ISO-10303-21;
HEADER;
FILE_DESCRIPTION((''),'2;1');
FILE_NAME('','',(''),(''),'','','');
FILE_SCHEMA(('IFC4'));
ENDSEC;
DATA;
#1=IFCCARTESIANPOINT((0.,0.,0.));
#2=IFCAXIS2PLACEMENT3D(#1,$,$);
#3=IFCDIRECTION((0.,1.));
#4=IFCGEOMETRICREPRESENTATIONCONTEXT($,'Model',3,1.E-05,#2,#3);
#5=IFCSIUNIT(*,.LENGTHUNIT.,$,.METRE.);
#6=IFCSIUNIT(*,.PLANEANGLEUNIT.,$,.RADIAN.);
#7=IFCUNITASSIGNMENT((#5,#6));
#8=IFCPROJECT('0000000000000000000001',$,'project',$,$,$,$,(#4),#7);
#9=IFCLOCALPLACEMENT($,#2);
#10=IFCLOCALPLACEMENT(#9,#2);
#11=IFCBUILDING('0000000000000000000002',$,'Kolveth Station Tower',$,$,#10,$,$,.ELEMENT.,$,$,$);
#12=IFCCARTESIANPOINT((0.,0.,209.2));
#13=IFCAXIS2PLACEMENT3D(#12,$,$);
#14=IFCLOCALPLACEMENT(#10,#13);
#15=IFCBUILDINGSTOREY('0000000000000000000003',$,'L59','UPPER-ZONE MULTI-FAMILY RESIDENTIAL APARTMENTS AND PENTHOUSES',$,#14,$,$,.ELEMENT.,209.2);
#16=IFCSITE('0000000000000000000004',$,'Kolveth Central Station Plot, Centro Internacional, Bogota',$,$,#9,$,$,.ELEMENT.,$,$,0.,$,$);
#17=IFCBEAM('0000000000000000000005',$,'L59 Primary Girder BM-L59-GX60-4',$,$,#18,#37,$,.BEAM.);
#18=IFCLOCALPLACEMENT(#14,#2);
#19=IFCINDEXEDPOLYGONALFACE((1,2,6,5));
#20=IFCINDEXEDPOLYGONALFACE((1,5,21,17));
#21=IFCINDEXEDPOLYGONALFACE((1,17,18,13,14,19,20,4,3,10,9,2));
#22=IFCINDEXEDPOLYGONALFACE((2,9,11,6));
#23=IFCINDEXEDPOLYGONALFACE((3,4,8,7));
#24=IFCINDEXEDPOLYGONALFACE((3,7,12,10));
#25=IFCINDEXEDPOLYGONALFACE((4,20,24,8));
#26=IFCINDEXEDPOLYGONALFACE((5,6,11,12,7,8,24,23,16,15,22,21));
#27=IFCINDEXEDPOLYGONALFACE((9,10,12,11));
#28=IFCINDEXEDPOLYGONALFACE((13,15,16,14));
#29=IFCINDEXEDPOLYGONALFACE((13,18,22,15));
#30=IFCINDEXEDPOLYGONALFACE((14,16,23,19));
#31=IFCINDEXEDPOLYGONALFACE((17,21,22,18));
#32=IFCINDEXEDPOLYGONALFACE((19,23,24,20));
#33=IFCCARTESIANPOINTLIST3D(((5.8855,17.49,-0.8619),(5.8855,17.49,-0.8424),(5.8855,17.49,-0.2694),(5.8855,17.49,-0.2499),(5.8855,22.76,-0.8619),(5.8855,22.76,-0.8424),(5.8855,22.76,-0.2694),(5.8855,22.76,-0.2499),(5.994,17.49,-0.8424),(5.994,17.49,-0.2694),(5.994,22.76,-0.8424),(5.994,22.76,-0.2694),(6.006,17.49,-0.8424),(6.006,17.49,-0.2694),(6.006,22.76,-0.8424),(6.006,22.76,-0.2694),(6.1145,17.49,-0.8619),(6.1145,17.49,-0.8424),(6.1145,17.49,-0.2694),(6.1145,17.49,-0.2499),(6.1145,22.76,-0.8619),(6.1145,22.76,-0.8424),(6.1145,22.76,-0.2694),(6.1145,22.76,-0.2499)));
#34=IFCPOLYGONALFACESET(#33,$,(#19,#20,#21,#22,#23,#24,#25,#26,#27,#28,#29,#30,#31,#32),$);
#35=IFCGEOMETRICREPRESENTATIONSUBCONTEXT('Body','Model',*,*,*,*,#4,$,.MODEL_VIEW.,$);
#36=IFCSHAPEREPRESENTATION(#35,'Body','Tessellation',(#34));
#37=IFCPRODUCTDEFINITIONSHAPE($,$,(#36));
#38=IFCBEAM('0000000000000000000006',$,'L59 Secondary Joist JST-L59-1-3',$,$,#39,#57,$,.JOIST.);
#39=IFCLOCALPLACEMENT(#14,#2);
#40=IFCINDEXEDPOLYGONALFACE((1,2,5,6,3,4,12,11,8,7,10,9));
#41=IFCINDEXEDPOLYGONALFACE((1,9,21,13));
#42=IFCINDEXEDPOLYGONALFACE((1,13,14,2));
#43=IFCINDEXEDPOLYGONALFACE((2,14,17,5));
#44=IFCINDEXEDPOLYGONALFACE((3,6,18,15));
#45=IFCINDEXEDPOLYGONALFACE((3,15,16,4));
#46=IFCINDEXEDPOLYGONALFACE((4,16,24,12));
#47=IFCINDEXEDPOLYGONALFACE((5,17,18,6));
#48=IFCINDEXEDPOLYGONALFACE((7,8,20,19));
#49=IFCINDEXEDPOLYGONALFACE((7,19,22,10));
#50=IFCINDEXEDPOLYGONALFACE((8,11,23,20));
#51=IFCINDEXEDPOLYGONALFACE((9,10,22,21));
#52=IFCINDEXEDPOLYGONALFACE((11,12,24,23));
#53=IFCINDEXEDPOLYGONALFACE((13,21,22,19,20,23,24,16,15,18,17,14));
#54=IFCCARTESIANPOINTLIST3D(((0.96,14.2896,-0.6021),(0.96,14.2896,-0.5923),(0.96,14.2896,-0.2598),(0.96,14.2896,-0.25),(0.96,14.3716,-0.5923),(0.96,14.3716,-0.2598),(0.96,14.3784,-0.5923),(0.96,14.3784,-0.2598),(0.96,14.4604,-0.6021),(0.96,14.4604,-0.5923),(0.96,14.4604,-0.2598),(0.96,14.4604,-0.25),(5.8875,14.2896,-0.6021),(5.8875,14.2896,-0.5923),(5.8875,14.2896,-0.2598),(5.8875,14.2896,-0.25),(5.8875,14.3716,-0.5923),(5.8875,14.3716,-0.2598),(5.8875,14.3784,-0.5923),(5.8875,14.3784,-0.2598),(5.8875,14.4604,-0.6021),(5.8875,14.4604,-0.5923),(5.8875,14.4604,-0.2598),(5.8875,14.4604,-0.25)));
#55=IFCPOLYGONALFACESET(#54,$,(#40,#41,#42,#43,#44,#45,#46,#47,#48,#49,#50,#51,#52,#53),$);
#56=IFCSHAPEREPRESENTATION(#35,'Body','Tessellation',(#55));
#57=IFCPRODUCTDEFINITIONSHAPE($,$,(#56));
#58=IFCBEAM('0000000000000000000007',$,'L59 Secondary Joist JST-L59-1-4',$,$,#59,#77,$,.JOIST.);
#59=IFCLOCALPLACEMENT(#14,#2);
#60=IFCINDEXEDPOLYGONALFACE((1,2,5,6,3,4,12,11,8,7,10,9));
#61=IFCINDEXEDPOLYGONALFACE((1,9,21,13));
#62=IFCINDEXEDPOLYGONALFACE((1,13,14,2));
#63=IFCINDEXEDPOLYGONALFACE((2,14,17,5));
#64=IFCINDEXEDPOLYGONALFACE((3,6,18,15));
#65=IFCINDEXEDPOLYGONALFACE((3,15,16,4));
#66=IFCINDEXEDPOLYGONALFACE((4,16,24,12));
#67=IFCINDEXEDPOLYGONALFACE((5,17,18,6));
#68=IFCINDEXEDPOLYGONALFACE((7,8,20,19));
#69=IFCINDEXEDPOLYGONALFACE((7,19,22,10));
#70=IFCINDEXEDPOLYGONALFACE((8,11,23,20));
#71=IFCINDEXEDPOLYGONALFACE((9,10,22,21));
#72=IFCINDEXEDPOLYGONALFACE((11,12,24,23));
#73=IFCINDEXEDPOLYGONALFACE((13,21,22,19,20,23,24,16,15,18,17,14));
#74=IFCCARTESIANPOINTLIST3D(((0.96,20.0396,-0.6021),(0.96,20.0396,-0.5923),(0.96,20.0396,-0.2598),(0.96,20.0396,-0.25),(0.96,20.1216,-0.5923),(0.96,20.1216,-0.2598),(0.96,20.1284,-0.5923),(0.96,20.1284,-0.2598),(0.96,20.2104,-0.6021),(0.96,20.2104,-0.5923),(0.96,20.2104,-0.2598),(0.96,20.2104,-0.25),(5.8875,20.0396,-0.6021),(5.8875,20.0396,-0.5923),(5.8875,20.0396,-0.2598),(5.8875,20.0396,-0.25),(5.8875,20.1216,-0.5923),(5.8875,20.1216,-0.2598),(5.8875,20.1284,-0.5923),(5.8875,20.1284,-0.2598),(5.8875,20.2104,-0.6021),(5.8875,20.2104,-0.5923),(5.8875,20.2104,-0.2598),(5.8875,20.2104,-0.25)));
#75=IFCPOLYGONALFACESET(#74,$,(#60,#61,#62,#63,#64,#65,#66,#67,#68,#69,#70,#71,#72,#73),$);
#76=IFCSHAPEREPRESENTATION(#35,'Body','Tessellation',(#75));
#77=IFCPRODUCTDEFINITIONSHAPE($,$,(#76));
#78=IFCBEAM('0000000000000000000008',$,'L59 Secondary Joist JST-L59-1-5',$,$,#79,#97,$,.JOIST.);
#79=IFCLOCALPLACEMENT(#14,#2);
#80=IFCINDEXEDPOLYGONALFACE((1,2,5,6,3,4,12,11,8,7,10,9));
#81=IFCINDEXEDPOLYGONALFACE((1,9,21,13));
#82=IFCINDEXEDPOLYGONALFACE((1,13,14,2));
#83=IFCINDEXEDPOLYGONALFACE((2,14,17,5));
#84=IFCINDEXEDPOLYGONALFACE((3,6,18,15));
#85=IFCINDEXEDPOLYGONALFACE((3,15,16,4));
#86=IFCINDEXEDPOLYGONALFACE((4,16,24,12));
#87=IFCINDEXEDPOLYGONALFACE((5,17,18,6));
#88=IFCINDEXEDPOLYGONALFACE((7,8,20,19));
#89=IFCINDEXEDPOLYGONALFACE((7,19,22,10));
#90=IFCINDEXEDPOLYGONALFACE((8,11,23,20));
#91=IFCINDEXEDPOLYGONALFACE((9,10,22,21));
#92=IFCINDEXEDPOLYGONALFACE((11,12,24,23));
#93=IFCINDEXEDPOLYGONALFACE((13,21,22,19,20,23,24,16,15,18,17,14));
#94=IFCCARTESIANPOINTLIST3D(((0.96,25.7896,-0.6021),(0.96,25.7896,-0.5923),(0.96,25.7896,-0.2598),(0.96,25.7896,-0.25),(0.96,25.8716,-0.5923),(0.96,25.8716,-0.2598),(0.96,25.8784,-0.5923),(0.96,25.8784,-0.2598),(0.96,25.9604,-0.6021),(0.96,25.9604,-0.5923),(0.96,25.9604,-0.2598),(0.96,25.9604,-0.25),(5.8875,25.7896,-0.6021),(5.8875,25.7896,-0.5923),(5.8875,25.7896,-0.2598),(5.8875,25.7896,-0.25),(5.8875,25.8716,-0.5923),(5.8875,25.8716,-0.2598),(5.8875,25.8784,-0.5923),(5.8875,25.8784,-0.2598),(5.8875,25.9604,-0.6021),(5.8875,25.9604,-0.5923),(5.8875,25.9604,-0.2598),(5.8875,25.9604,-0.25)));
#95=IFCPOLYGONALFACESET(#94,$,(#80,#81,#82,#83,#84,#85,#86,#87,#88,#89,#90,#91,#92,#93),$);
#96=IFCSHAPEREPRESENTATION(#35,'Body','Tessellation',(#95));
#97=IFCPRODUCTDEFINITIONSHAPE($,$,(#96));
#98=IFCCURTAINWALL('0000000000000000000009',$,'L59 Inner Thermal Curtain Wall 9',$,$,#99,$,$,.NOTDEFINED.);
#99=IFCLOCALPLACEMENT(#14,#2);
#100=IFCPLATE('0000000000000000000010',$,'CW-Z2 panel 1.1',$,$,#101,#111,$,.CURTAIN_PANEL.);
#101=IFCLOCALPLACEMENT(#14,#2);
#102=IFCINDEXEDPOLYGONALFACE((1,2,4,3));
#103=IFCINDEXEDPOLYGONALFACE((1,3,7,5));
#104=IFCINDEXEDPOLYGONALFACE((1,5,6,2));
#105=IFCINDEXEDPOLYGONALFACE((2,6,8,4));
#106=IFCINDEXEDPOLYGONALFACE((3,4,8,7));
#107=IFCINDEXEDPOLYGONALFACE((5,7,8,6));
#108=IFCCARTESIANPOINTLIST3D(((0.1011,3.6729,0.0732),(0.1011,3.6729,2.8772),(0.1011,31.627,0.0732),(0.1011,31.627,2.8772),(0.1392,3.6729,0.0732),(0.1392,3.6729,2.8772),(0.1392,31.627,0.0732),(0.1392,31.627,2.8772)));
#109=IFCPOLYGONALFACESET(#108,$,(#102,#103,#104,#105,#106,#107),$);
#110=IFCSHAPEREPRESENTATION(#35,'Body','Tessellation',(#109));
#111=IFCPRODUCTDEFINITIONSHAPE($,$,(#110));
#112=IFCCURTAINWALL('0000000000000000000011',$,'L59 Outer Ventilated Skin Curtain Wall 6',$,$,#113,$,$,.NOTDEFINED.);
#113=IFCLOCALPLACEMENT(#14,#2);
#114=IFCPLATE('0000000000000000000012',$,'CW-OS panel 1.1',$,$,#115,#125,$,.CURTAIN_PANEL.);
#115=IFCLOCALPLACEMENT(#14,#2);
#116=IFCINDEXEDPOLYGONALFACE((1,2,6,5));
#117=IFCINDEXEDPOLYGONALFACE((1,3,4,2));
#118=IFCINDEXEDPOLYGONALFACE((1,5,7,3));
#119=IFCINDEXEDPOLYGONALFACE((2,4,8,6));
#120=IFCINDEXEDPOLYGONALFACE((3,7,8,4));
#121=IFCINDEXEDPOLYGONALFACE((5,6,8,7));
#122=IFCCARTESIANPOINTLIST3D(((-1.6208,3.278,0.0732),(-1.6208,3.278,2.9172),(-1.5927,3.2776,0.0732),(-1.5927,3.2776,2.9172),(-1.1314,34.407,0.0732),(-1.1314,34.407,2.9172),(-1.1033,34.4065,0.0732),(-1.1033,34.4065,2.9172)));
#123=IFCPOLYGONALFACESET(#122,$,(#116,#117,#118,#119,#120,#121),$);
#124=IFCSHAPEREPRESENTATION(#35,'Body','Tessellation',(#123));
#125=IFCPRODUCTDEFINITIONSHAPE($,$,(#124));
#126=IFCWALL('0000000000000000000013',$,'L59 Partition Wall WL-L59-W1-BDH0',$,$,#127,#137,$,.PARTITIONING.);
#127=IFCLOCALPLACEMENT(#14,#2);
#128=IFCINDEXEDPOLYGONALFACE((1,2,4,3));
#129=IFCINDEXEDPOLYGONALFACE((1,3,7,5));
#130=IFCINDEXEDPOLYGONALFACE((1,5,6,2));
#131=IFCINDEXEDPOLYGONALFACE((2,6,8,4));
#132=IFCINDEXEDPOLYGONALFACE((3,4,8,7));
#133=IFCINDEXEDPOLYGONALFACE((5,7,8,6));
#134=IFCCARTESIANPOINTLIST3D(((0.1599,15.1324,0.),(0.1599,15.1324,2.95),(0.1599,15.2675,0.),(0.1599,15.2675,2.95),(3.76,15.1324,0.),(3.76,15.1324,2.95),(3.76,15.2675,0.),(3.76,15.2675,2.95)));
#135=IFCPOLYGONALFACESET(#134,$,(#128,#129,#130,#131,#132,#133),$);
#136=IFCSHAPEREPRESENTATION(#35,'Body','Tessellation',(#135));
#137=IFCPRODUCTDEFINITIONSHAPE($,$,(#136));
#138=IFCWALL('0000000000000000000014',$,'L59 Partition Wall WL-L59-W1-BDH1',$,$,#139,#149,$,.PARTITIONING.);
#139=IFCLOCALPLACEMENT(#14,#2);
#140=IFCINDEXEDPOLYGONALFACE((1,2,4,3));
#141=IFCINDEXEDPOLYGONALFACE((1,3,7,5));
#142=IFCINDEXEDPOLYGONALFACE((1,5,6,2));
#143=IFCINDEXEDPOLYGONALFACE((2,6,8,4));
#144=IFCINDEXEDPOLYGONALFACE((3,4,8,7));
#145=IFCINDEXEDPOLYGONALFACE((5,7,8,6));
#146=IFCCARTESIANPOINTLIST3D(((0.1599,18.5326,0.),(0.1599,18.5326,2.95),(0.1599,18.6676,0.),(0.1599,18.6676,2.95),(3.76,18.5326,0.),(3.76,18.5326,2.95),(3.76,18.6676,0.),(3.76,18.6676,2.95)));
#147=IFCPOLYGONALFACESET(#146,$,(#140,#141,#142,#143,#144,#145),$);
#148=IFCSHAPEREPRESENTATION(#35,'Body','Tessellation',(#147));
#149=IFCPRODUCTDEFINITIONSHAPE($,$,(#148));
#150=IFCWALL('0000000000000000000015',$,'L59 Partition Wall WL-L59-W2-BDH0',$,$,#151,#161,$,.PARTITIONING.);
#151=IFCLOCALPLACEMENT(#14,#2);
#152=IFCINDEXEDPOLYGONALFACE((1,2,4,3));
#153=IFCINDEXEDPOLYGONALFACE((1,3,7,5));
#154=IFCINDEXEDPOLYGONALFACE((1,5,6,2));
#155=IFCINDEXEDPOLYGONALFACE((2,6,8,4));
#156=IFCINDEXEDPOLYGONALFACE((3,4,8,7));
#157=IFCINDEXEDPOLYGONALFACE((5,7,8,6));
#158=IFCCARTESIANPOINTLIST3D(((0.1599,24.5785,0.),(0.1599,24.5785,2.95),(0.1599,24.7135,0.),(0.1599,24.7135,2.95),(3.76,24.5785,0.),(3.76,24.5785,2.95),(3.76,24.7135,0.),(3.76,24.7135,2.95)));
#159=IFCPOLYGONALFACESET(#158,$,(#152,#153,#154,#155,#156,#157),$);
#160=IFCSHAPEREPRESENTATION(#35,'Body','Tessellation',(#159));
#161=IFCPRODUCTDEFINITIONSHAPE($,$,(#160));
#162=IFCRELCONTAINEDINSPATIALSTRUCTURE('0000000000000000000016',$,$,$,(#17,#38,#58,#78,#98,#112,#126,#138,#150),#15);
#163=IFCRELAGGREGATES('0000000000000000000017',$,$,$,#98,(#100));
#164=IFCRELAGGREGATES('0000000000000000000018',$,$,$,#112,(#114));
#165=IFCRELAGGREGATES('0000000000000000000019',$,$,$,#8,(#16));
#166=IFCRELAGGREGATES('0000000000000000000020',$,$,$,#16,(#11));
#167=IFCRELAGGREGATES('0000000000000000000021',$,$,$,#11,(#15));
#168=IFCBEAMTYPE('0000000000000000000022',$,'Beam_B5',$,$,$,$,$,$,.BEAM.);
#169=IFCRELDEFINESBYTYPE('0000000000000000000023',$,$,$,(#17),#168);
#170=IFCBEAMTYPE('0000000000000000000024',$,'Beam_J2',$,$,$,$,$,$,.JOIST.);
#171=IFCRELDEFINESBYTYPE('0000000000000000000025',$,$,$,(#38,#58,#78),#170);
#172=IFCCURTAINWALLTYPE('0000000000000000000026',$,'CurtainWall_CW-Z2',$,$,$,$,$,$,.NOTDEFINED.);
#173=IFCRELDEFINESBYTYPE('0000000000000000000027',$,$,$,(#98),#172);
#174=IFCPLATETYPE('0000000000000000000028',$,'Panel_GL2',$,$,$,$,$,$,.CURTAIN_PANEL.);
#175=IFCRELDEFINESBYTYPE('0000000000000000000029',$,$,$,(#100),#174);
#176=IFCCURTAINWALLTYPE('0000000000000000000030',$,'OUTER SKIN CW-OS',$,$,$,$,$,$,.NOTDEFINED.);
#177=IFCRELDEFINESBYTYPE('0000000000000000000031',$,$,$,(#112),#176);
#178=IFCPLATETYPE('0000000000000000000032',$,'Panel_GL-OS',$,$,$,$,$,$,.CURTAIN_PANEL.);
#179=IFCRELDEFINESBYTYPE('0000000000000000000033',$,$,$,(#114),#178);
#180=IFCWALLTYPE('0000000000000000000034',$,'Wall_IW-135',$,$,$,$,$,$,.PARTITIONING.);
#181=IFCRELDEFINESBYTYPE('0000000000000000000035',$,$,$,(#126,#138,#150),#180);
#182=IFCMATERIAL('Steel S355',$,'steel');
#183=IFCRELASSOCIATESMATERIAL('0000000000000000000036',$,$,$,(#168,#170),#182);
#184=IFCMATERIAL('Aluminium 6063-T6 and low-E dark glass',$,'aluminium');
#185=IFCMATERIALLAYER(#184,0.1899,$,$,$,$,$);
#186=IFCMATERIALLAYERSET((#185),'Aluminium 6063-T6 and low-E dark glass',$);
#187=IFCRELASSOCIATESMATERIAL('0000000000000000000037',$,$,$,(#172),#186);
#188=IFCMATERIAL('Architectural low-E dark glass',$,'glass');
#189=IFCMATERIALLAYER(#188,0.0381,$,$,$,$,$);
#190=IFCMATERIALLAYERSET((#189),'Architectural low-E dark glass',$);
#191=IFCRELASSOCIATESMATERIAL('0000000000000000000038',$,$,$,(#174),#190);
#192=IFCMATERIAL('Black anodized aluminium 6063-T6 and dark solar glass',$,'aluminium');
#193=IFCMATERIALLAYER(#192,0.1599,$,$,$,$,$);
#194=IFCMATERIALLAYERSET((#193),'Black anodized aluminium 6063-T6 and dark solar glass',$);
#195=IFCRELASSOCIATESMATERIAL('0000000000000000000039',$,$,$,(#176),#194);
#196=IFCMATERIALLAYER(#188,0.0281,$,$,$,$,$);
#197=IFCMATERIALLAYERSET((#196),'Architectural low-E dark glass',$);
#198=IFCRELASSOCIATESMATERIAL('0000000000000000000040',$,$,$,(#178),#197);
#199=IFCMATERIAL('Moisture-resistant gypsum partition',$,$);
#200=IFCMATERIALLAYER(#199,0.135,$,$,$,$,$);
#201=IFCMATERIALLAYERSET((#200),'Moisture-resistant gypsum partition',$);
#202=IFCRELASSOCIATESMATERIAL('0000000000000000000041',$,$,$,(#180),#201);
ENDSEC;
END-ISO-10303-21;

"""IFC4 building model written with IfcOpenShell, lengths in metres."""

from ifc_helpers import new_model, si_unit, direction, frame, frame_2d, origin, origin_2d, place, context, subcontext, project, spatial, rectangle, i_section, extrude, source, transform, mapped, material, layer, layer_set, material_profile, profile_set, type_object, element, aggregate, save


model = new_model("IFC4")

# Units and contexts
model_context = context("Model", 3, precision=1e-05, world=origin(), true_north=direction((0.0, 1.0)))
body_context = subcontext(model_context, "Body", "Model", "MODEL_VIEW")
ifc_project = project(units=[si_unit("LENGTHUNIT", "METRE"), si_unit("PLANEANGLEUNIT", "RADIAN")], contexts=[model_context])

# Site, building, storey
site_placement = place(None, origin())
site = spatial("IfcSite", under=ifc_project, at=site_placement, Name="Kolveth Central Station Plot, Centro Internacional, Bogota", CompositionType="ELEMENT", RefElevation=0.0)
building_placement = place(site_placement, origin())
building = spatial("IfcBuilding", under=site, at=building_placement, Name="Kolveth Station Tower", CompositionType="ELEMENT")
storey_placement = place(building_placement, frame((0.0, 0.0, 209.2)))
storey = spatial("IfcBuildingStorey", under=building, at=storey_placement, Name="L59", Description="UPPER-ZONE MULTI-FAMILY RESIDENTIAL APARTMENTS AND PENTHOUSES", CompositionType="ELEMENT", Elevation=209.2)

# Shared definitions
ifc_material_1 = material(Name="Steel S355", Category="steel")

# Beams
ifc_material_profile_1 = material_profile(ifc_material_1, i_section(OverallWidth=0.229, OverallDepth=0.6121, WebThickness=0.012, FlangeThickness=0.0195, at=origin_2d()), Name="W610x125")
ifc_profile_set_1 = profile_set([ifc_material_profile_1], Name="Steel S355")
beam_type_1 = type_object("IfcBeamType", Name="Beam_B5", PredefinedType="BEAM", material=ifc_profile_set_1)
shared_shape_1 = source(origin(), body_context, "Body", "SweptSolid", [
    extrude(i_section(OverallWidth=0.229, OverallDepth=0.6121, WebThickness=0.012, FlangeThickness=0.0195, at=origin_2d()), origin(), (0.0, 0.0, 1.0), 5.27),
])
beam_placement = place(storey_placement, frame((6.0, 17.49, -0.5559), z_axis=(0.0, 1.0, 0.0), x_axis=(-1.0, 0.0, 0.0)))
element("IfcBeam", 1, at=beam_placement, inside=storey, type_object=beam_type_1, Name="L59 Primary Girder BM-L59-GX60-4", PredefinedType="BEAM", context=body_context, shape_type="MappedRepresentation", body=[
    mapped(shared_shape_1, transform((0.0, 0.0, 0.0), x_axis=(1.0, 0.0, 0.0), y_axis=(0.0, 1.0, 0.0), z_axis=(0.0, 0.0, 1.0), scale=1.0)),
])
ifc_material_profile_2 = material_profile(ifc_material_1, i_section(OverallWidth=0.1709, OverallDepth=0.3521, WebThickness=0.0068, FlangeThickness=0.0098, at=origin_2d()), Name="W360x44")
ifc_profile_set_2 = profile_set([ifc_material_profile_2], Name="Steel S355")
beam_type_2 = type_object("IfcBeamType", Name="Beam_J2", PredefinedType="JOIST", material=ifc_profile_set_2)
shared_shape_2 = source(origin(), body_context, "Body", "SweptSolid", [
    extrude(i_section(OverallWidth=0.1709, OverallDepth=0.3521, WebThickness=0.0068, FlangeThickness=0.0098, at=origin_2d()), origin(), (0.0, 0.0, 1.0), 4.9275),
])
for number, where, z_axis, x_axis, name in (
    (2, (0.96, 14.375, -0.426), (1.0, 0.0, 0.0), (0.0, 1.0, 0.0), "L59 Secondary Joist JST-L59-1-3"),
    (3, (0.96, 20.125, -0.426), (1.0, 0.0, 0.0), (0.0, 1.0, 0.0), "L59 Secondary Joist JST-L59-1-4"),
    (4, (0.96, 25.875, -0.426), (1.0, 0.0, 0.0), (0.0, 1.0, 0.0), "L59 Secondary Joist JST-L59-1-5"),
):
    element("IfcBeam", number, at=place(storey_placement, frame(where, z_axis=z_axis, x_axis=x_axis)), inside=storey, type_object=beam_type_2, Name=name, PredefinedType="JOIST", context=body_context, shape_type="MappedRepresentation", body=[
        mapped(shared_shape_2, transform((0.0, 0.0, 0.0), x_axis=(1.0, 0.0, 0.0), y_axis=(0.0, 1.0, 0.0), z_axis=(0.0, 0.0, 1.0), scale=1.0)),
    ])

# Curtain walls, plates
ifc_material_2 = material(Name="Aluminium 6063-T6 and low-E dark glass", Category="aluminium")
ifc_layer_1 = layer(ifc_material_2, 0.1899)
ifc_layer_set_1 = layer_set([ifc_layer_1], Name="Aluminium 6063-T6 and low-E dark glass")
curtain_wall_type_1 = type_object("IfcCurtainWallType", Name="CurtainWall_CW-Z2", PredefinedType="NOTDEFINED", material=ifc_layer_set_1)
curtain_wall_1_placement = place(storey_placement, origin())
curtain_wall_1 = element("IfcCurtainWall", 5, at=curtain_wall_1_placement, inside=storey, type_object=curtain_wall_type_1, Name="L59 Inner Thermal Curtain Wall 9", PredefinedType="NOTDEFINED")
ifc_material_3 = material(Name="Architectural low-E dark glass", Category="glass")
ifc_layer_2 = layer(ifc_material_3, 0.0381)
ifc_layer_set_2 = layer_set([ifc_layer_2], Name="Architectural low-E dark glass")
plate_type_1 = type_object("IfcPlateType", Name="Panel_GL2", PredefinedType="CURTAIN_PANEL", material=ifc_layer_set_2)
shared_shape_3 = source(origin(), body_context, "Body", "SweptSolid", [
    extrude(rectangle(XDim=27.9541, YDim=0.0381, at=origin_2d()), origin(), (0.0, 0.0, 1.0), 2.804),
])
plate_1_placement = place(storey_placement, frame((0.1201, 17.6499, 0.0732), z_axis=(0.0, 0.0, 1.0), x_axis=(0.0, -1.0, 0.0)))
plate_1 = element("IfcPlate", 6, at=plate_1_placement, type_object=plate_type_1, Name="CW-Z2 panel 1.1", PredefinedType="CURTAIN_PANEL", context=body_context, shape_type="MappedRepresentation", body=[
    mapped(shared_shape_3, transform((0.0, 0.0, 0.0), x_axis=(1.0, 0.0, 0.0), y_axis=(0.0, 1.0, 0.0), z_axis=(0.0, 0.0, 1.0), scale=1.0)),
])
aggregate(curtain_wall_1, [plate_1])
ifc_material_4 = material(Name="Black anodized aluminium 6063-T6 and dark solar glass", Category="aluminium")
ifc_layer_3 = layer(ifc_material_4, 0.1599)
ifc_layer_set_3 = layer_set([ifc_layer_3], Name="Black anodized aluminium 6063-T6 and dark solar glass")
curtain_wall_type_2 = type_object("IfcCurtainWallType", Name="OUTER SKIN CW-OS", PredefinedType="NOTDEFINED", material=ifc_layer_set_3)
curtain_wall_2_placement = place(storey_placement, origin())
curtain_wall_2 = element("IfcCurtainWall", 7, at=curtain_wall_2_placement, inside=storey, type_object=curtain_wall_type_2, Name="L59 Outer Ventilated Skin Curtain Wall 6", PredefinedType="NOTDEFINED")
ifc_layer_4 = layer(ifc_material_3, 0.0281)
ifc_layer_set_4 = layer_set([ifc_layer_4], Name="Architectural low-E dark glass")
plate_type_2 = type_object("IfcPlateType", Name="Panel_GL-OS", PredefinedType="CURTAIN_PANEL", material=ifc_layer_set_4)
shared_shape_4 = source(origin(), body_context, "Body", "SweptSolid", [
    extrude(rectangle(XDim=31.1328, YDim=0.0281, at=origin_2d()), origin(), (0.0, 0.0, 1.0), 2.844),
])
plate_2_placement = place(storey_placement, frame((-1.3621, 18.8423, 0.0732), z_axis=(0.0, 0.0, 1.0), x_axis=(-0.015719, -0.999876, 0.0)))
plate_2 = element("IfcPlate", 8, at=plate_2_placement, type_object=plate_type_2, Name="CW-OS panel 1.1", PredefinedType="CURTAIN_PANEL", context=body_context, shape_type="MappedRepresentation", body=[
    mapped(shared_shape_4, transform((0.0, 0.0, 0.0), x_axis=(1.0, 0.0, 0.0), y_axis=(0.0, 1.0, 0.0), z_axis=(0.0, 0.0, 1.0), scale=1.0)),
])
aggregate(curtain_wall_2, [plate_2])

# Wall
ifc_material_5 = material(Name="Moisture-resistant gypsum partition")
ifc_layer_5 = layer(ifc_material_5, 0.135)
ifc_layer_set_5 = layer_set([ifc_layer_5], Name="Moisture-resistant gypsum partition")
wall_type_1 = type_object("IfcWallType", Name="Wall_IW-135", PredefinedType="PARTITIONING", material=ifc_layer_set_5)
wall_1_placement = place(storey_placement, frame((0.1599, 15.2, 0.0), z_axis=(0.0, 0.0, 1.0), x_axis=(1.0, 0.0, 0.0)))
element("IfcWall", 9, at=wall_1_placement, inside=storey, type_object=wall_type_1, Name="L59 Partition Wall WL-L59-W1-BDH0", PredefinedType="PARTITIONING", context=body_context, shape_type="SweptSolid", body=[
    extrude(rectangle(XDim=3.6001, YDim=0.135, at=frame_2d((1.8, 0.0))), origin(), (0.0, 0.0, 1.0), 2.95),
])

# Walls
for number, where, z_axis, x_axis, name in (
    (10, (0.1599, 18.6001, 0.0), (0.0, 0.0, 1.0), (1.0, 0.0, 0.0), "L59 Partition Wall WL-L59-W1-BDH1"),
    (11, (0.1599, 24.646, 0.0), (0.0, 0.0, 1.0), (1.0, 0.0, 0.0), "L59 Partition Wall WL-L59-W2-BDH0"),
):
    element("IfcWall", number, at=place(storey_placement, frame(where, z_axis=z_axis, x_axis=x_axis)), inside=storey, type_object=wall_type_1, Name=name, PredefinedType="PARTITIONING", context=body_context, shape_type="SweptSolid", body=[
        extrude(rectangle(XDim=3.6001, YDim=0.135, at=frame_2d((1.8, 0.0))), origin(), (0.0, 0.0, 1.0), 2.95),
    ])

save(model, "model.ifc")
